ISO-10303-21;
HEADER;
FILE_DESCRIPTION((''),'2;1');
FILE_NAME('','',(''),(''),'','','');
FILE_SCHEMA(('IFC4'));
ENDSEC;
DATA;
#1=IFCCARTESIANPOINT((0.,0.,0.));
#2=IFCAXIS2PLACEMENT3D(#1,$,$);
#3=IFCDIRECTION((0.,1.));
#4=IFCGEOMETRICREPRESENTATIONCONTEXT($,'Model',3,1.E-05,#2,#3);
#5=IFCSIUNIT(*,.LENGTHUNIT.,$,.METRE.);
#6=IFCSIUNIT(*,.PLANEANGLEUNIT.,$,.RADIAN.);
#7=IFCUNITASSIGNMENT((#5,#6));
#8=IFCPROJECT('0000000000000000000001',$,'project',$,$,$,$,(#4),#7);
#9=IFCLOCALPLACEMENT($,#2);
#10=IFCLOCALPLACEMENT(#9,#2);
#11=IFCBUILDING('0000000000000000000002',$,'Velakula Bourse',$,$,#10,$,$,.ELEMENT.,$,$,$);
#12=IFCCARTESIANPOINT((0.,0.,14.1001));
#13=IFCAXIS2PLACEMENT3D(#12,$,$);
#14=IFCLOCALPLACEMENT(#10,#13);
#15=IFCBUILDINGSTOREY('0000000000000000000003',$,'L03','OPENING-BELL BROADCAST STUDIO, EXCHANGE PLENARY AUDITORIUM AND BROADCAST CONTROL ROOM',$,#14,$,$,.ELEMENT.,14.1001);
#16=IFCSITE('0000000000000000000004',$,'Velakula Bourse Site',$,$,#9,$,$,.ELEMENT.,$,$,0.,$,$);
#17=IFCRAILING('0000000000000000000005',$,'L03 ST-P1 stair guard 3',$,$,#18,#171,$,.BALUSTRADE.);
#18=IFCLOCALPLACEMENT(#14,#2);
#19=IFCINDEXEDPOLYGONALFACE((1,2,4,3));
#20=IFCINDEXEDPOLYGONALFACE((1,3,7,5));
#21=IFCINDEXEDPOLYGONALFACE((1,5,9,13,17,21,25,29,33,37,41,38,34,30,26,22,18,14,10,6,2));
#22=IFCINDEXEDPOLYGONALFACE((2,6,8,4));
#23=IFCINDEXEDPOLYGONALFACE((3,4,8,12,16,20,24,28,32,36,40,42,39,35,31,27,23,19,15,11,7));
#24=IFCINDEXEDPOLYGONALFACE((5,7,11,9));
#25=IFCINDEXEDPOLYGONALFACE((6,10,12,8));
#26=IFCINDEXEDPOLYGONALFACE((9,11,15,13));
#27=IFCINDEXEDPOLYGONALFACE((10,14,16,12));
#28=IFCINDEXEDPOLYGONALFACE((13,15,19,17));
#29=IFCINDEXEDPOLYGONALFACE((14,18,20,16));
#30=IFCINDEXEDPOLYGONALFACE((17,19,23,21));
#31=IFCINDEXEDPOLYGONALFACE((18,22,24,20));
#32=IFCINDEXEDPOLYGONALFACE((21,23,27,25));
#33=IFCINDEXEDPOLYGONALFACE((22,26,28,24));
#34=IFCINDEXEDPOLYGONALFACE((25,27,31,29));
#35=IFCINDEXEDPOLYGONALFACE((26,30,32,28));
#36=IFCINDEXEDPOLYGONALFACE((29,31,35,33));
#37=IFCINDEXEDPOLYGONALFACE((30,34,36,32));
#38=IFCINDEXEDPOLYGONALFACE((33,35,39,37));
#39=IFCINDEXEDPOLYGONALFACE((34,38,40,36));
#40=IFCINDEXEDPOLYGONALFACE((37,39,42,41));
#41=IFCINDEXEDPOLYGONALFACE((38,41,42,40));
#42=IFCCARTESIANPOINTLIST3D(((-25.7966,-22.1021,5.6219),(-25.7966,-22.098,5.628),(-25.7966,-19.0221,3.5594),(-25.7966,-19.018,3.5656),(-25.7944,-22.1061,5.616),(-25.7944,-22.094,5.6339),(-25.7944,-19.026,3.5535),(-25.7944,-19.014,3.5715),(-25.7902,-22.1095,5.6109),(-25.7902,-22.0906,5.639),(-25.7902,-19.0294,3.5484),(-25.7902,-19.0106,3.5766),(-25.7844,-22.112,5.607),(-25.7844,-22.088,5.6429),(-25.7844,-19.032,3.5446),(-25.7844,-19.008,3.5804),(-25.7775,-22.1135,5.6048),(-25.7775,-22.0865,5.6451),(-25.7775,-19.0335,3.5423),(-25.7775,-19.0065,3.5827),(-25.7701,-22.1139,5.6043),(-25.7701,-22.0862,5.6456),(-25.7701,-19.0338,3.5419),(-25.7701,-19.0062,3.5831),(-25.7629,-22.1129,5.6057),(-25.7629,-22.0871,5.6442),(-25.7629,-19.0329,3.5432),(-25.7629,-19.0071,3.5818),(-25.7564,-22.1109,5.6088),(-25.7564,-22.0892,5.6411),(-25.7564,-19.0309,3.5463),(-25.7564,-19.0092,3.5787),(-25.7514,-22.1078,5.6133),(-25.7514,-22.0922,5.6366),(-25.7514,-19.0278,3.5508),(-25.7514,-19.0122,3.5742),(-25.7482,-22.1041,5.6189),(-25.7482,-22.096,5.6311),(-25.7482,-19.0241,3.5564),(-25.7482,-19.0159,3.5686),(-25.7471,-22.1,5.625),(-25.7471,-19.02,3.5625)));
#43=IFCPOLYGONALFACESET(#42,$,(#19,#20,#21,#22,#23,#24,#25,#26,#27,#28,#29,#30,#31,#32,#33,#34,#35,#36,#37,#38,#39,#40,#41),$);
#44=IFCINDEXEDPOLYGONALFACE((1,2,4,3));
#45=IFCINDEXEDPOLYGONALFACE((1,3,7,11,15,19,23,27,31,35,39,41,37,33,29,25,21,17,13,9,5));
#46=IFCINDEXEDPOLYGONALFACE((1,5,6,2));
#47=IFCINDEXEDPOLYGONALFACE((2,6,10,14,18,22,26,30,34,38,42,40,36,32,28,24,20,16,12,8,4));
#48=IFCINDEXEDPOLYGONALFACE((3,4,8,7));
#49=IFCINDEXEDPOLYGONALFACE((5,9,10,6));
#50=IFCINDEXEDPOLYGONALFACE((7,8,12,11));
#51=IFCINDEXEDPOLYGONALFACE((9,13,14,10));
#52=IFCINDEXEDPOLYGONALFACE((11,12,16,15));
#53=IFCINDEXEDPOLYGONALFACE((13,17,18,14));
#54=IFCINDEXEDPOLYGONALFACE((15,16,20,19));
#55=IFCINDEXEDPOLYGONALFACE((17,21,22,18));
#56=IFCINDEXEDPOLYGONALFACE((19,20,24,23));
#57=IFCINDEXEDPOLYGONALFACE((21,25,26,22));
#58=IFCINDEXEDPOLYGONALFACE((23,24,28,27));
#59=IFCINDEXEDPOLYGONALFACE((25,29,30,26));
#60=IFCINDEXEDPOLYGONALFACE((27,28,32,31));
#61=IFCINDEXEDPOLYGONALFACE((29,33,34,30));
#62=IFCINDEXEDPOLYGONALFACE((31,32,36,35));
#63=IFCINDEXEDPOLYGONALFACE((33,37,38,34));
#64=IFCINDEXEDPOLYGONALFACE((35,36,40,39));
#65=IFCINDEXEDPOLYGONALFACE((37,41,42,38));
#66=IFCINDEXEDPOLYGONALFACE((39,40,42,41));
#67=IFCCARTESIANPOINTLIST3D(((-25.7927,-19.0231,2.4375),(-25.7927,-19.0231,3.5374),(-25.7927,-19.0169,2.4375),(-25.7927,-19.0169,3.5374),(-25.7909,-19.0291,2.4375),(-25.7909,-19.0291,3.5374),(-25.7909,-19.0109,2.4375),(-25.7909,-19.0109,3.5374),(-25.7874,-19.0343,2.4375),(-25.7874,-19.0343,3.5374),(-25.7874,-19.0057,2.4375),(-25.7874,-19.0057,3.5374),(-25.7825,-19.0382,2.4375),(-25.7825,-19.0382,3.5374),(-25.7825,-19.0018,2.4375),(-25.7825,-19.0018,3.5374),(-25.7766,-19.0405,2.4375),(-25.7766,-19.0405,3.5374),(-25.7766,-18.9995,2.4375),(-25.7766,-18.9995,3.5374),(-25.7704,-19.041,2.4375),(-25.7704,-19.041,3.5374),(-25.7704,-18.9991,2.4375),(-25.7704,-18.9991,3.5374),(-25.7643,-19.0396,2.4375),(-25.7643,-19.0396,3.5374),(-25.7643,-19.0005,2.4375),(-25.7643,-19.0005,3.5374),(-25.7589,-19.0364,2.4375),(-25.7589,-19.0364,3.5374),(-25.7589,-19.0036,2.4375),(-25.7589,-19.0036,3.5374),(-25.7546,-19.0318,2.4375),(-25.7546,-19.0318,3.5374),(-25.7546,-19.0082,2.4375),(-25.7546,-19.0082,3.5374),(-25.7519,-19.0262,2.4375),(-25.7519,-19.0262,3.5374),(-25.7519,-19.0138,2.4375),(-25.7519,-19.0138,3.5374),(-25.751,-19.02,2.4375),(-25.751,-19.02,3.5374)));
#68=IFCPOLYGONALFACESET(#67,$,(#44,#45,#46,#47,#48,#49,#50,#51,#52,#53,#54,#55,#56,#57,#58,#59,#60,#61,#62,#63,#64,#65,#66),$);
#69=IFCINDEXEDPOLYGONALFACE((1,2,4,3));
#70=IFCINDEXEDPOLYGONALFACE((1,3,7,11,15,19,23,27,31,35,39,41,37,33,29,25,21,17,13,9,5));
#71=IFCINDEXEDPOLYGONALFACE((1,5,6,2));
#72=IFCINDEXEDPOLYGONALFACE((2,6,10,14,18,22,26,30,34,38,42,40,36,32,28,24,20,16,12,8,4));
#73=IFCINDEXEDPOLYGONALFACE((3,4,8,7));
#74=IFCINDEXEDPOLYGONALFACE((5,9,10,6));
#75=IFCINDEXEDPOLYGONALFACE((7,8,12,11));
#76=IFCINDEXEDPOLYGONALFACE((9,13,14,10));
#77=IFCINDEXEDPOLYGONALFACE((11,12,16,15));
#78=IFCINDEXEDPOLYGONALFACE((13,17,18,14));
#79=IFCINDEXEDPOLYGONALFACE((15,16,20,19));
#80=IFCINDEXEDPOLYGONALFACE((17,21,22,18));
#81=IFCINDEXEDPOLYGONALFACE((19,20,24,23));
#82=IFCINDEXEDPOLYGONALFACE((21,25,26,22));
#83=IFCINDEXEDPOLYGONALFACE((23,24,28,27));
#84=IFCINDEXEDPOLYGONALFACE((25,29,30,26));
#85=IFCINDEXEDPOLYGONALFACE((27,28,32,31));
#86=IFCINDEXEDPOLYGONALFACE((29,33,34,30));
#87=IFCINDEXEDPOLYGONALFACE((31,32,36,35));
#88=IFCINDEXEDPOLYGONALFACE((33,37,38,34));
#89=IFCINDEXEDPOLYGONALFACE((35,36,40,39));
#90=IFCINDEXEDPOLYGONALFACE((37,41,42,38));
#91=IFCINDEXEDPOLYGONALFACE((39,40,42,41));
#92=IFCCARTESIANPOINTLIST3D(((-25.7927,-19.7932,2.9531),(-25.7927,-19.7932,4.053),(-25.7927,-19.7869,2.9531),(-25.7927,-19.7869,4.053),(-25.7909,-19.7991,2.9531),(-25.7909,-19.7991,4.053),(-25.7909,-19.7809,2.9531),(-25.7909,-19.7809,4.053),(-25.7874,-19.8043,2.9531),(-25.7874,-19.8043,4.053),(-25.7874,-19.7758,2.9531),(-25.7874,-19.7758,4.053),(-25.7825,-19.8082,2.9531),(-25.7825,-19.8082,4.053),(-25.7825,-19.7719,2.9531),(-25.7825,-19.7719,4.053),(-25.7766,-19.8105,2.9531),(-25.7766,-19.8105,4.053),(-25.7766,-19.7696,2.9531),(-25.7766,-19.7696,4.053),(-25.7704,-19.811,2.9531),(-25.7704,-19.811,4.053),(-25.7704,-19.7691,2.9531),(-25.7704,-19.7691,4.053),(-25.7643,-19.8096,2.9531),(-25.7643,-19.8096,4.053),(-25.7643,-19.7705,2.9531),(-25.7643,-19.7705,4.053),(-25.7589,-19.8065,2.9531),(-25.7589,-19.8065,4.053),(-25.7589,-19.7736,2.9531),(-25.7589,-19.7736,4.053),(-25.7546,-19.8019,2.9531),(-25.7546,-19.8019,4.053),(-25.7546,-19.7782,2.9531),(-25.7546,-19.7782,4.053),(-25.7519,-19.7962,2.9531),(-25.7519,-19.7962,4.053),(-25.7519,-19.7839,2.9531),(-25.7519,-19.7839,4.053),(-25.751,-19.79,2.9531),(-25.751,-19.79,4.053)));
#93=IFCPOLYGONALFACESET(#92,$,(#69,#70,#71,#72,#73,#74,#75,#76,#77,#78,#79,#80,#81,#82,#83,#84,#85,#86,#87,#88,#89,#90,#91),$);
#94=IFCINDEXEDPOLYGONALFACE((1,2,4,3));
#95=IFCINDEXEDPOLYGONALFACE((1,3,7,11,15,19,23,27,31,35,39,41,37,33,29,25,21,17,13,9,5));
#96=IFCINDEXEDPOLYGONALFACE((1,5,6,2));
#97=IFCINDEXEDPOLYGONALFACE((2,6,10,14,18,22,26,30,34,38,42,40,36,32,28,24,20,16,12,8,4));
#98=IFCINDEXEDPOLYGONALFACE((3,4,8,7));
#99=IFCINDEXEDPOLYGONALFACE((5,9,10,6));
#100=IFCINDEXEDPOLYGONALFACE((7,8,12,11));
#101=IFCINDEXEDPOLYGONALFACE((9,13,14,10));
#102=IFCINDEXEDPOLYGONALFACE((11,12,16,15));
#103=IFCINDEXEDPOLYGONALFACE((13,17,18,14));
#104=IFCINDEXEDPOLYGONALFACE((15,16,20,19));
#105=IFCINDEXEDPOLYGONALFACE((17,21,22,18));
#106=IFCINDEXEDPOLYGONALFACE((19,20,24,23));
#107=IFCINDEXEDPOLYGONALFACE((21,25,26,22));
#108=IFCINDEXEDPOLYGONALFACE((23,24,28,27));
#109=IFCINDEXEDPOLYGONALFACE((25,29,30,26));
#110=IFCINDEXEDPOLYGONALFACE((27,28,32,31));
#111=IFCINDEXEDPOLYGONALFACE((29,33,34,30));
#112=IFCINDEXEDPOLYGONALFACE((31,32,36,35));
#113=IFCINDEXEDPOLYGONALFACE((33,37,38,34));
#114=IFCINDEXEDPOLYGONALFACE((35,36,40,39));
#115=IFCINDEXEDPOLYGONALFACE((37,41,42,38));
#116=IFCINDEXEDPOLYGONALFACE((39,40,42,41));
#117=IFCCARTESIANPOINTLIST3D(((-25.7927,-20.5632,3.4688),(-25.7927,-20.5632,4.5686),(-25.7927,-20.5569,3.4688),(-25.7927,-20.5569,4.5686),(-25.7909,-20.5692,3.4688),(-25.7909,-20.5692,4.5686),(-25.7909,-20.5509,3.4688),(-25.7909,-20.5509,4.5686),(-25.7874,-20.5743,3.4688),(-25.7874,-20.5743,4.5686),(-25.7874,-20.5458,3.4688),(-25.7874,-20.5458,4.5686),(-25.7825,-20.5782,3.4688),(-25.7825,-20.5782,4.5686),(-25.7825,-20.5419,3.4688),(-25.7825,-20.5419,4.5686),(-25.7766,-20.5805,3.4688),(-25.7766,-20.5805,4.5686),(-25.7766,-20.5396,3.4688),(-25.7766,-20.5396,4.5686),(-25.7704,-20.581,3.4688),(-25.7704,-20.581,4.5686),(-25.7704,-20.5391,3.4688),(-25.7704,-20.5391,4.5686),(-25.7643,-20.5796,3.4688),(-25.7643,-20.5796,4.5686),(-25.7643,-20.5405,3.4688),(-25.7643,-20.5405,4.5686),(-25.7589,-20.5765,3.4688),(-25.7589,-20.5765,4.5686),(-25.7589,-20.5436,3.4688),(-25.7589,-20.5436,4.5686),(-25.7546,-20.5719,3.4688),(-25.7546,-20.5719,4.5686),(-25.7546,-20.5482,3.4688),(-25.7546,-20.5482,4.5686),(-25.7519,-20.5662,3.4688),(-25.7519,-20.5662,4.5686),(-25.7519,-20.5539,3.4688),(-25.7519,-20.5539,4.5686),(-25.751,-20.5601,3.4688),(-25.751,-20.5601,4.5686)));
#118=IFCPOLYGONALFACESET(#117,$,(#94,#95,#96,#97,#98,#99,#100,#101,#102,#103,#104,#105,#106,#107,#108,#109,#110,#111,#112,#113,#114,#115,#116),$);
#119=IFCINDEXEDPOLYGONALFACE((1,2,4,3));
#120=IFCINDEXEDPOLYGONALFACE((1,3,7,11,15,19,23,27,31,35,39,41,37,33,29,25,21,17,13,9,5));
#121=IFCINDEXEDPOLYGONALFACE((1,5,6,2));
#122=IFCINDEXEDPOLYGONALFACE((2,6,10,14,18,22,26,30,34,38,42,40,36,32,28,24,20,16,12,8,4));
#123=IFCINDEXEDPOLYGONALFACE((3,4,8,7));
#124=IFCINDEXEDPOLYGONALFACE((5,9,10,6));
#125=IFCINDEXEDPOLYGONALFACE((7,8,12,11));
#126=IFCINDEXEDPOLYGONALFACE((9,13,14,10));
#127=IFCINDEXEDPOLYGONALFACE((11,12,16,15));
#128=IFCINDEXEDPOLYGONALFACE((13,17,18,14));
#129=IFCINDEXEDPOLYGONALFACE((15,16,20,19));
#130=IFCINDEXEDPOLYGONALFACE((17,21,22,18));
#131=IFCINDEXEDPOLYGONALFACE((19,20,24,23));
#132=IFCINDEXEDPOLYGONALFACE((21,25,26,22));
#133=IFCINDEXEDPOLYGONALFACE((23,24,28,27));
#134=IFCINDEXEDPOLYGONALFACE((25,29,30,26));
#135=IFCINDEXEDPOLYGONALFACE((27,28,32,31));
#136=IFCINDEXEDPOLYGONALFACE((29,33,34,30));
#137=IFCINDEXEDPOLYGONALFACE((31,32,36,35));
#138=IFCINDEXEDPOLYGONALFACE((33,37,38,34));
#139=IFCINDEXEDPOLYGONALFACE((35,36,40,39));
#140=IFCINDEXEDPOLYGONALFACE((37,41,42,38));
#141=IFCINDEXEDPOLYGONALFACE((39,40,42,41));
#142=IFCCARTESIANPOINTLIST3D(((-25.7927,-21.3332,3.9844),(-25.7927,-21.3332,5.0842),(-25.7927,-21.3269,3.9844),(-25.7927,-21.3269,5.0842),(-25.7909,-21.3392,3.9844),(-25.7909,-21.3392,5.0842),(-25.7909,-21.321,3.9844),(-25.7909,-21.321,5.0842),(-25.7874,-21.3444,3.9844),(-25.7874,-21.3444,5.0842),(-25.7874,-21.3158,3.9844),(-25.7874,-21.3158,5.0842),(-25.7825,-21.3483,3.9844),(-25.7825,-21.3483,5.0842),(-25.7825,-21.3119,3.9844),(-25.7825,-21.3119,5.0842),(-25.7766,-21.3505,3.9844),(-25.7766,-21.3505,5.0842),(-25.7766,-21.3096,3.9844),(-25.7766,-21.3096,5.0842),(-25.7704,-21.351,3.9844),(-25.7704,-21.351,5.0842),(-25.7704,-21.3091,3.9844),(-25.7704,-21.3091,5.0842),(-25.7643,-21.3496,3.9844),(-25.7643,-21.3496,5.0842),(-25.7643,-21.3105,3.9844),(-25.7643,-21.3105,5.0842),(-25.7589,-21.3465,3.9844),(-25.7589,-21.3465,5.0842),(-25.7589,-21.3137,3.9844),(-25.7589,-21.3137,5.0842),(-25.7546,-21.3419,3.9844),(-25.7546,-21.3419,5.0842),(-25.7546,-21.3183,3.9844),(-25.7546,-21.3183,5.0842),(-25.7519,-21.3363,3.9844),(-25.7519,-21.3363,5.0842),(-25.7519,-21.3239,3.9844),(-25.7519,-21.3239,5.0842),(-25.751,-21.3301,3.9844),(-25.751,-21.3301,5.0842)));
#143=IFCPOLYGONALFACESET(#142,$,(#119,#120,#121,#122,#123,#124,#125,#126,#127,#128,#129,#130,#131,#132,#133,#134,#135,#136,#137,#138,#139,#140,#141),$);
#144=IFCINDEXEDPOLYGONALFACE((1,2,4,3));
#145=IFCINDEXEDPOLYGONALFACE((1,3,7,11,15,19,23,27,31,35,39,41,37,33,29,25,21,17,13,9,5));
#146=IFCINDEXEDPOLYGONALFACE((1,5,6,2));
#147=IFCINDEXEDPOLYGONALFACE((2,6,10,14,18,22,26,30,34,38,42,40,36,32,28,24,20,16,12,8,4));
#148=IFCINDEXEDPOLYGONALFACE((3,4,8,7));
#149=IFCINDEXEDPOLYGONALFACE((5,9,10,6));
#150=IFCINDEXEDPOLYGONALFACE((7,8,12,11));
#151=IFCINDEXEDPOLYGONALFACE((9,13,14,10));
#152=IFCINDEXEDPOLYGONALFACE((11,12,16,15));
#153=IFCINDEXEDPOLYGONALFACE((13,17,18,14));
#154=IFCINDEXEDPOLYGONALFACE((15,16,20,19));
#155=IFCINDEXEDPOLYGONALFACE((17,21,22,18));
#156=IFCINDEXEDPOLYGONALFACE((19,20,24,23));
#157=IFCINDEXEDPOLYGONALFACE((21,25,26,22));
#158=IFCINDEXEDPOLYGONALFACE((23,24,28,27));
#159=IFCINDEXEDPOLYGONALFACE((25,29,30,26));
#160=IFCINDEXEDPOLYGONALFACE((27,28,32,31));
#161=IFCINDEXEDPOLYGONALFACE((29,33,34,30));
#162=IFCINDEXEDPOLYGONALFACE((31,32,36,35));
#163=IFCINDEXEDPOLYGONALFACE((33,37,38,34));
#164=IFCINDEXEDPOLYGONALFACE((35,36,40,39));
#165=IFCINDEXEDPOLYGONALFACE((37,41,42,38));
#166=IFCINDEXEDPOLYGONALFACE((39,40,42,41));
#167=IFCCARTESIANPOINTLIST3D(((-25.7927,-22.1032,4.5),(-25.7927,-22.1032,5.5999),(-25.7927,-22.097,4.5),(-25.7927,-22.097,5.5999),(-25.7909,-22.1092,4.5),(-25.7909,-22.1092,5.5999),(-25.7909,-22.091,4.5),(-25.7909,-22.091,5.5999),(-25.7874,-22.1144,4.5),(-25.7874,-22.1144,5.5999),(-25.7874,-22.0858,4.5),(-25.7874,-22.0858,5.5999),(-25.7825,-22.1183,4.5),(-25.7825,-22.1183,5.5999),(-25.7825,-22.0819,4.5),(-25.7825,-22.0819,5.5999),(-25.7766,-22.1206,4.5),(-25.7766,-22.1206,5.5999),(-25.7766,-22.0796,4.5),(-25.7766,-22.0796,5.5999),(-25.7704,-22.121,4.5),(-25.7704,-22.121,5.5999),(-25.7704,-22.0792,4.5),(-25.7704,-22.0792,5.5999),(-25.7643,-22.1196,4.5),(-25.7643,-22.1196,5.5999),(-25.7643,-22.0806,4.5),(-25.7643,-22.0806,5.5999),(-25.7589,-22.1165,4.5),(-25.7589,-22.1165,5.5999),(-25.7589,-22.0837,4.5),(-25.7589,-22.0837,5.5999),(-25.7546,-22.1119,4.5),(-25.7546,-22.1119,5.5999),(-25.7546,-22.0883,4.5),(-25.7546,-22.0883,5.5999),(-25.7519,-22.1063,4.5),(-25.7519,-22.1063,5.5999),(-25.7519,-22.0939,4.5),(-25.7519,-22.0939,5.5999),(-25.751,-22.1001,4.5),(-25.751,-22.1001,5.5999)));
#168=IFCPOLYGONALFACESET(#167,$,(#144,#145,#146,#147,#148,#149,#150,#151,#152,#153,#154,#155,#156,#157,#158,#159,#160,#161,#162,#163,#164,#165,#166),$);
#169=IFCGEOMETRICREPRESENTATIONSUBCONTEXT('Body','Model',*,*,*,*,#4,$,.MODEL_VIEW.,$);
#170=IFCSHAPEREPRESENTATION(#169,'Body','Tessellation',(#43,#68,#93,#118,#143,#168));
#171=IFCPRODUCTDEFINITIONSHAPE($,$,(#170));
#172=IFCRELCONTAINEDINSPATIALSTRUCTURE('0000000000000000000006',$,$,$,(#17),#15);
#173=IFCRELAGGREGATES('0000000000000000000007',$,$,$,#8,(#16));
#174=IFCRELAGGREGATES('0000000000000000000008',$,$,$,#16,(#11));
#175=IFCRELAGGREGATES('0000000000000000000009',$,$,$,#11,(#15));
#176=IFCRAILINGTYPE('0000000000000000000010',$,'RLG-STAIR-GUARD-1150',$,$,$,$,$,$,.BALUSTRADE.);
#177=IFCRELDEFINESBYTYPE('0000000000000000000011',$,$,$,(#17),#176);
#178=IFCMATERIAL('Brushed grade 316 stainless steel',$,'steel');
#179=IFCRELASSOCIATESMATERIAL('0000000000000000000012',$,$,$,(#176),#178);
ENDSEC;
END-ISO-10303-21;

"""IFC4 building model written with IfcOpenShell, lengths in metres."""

from ifc_helpers import new_model, si_unit, direction, frame, origin, origin_2d, place, context, subcontext, project, spatial, circle, extrude, material, type_object, element, save


model = new_model("IFC4")

# Units and contexts
model_context = context("Model", 3, precision=1e-05, world=origin(), true_north=direction((0.0, 1.0)))
body_context = subcontext(model_context, "Body", "Model", "MODEL_VIEW")
ifc_project = project(units=[si_unit("LENGTHUNIT", "METRE"), si_unit("PLANEANGLEUNIT", "RADIAN")], contexts=[model_context])

# Site, building, storey
site_placement = place(None, origin())
site = spatial("IfcSite", under=ifc_project, at=site_placement, Name="Velakula Bourse Site", CompositionType="ELEMENT", RefElevation=0.0)
building_placement = place(site_placement, origin())
building = spatial("IfcBuilding", under=site, at=building_placement, Name="Velakula Bourse", CompositionType="ELEMENT")
storey_placement = place(building_placement, frame((0.0, 0.0, 14.1001)))
storey = spatial("IfcBuildingStorey", under=building, at=storey_placement, Name="L03", Description="OPENING-BELL BROADCAST STUDIO, EXCHANGE PLENARY AUDITORIUM AND BROADCAST CONTROL ROOM", CompositionType="ELEMENT", Elevation=14.1001)

# Railing
ifc_material_1 = material(Name="Brushed grade 316 stainless steel", Category="steel")
railing_type = type_object("IfcRailingType", Name="RLG-STAIR-GUARD-1150", PredefinedType="BALUSTRADE", material=ifc_material_1)
railing_1_placement = place(storey_placement, frame((-25.772, -19.02, 2.4375)))
element("IfcRailing", 1, at=railing_1_placement, inside=storey, type_object=railing_type, Name="L03 ST-P1 stair guard 3", PredefinedType="BALUSTRADE", context=body_context, shape_type="SweptSolid", body=[
    extrude(circle(Radius=0.0249, at=origin_2d()), frame((0.0, 0.0, 1.125), z_axis=(0.0, -0.830914, 0.556401), x_axis=(1.0, 0.0, 0.0)), (0.0, 0.0, 1.0), 3.7068),
    extrude(circle(Radius=0.021, at=origin_2d()), origin(), (0.0, 0.0, 1.0), 1.0999),
    extrude(circle(Radius=0.021, at=origin_2d()), frame((0.0, -0.77, 0.5156)), (0.0, 0.0, 1.0), 1.0999),
    extrude(circle(Radius=0.021, at=origin_2d()), frame((0.0, -1.54, 1.0312)), (0.0, 0.0, 1.0), 1.0999),
    extrude(circle(Radius=0.021, at=origin_2d()), frame((0.0, -2.3101, 1.5469)), (0.0, 0.0, 1.0), 1.0999),
    extrude(circle(Radius=0.021, at=origin_2d()), frame((0.0, -3.0801, 2.0625)), (0.0, 0.0, 1.0), 1.0999),
])

save(model, "model.ifc")
